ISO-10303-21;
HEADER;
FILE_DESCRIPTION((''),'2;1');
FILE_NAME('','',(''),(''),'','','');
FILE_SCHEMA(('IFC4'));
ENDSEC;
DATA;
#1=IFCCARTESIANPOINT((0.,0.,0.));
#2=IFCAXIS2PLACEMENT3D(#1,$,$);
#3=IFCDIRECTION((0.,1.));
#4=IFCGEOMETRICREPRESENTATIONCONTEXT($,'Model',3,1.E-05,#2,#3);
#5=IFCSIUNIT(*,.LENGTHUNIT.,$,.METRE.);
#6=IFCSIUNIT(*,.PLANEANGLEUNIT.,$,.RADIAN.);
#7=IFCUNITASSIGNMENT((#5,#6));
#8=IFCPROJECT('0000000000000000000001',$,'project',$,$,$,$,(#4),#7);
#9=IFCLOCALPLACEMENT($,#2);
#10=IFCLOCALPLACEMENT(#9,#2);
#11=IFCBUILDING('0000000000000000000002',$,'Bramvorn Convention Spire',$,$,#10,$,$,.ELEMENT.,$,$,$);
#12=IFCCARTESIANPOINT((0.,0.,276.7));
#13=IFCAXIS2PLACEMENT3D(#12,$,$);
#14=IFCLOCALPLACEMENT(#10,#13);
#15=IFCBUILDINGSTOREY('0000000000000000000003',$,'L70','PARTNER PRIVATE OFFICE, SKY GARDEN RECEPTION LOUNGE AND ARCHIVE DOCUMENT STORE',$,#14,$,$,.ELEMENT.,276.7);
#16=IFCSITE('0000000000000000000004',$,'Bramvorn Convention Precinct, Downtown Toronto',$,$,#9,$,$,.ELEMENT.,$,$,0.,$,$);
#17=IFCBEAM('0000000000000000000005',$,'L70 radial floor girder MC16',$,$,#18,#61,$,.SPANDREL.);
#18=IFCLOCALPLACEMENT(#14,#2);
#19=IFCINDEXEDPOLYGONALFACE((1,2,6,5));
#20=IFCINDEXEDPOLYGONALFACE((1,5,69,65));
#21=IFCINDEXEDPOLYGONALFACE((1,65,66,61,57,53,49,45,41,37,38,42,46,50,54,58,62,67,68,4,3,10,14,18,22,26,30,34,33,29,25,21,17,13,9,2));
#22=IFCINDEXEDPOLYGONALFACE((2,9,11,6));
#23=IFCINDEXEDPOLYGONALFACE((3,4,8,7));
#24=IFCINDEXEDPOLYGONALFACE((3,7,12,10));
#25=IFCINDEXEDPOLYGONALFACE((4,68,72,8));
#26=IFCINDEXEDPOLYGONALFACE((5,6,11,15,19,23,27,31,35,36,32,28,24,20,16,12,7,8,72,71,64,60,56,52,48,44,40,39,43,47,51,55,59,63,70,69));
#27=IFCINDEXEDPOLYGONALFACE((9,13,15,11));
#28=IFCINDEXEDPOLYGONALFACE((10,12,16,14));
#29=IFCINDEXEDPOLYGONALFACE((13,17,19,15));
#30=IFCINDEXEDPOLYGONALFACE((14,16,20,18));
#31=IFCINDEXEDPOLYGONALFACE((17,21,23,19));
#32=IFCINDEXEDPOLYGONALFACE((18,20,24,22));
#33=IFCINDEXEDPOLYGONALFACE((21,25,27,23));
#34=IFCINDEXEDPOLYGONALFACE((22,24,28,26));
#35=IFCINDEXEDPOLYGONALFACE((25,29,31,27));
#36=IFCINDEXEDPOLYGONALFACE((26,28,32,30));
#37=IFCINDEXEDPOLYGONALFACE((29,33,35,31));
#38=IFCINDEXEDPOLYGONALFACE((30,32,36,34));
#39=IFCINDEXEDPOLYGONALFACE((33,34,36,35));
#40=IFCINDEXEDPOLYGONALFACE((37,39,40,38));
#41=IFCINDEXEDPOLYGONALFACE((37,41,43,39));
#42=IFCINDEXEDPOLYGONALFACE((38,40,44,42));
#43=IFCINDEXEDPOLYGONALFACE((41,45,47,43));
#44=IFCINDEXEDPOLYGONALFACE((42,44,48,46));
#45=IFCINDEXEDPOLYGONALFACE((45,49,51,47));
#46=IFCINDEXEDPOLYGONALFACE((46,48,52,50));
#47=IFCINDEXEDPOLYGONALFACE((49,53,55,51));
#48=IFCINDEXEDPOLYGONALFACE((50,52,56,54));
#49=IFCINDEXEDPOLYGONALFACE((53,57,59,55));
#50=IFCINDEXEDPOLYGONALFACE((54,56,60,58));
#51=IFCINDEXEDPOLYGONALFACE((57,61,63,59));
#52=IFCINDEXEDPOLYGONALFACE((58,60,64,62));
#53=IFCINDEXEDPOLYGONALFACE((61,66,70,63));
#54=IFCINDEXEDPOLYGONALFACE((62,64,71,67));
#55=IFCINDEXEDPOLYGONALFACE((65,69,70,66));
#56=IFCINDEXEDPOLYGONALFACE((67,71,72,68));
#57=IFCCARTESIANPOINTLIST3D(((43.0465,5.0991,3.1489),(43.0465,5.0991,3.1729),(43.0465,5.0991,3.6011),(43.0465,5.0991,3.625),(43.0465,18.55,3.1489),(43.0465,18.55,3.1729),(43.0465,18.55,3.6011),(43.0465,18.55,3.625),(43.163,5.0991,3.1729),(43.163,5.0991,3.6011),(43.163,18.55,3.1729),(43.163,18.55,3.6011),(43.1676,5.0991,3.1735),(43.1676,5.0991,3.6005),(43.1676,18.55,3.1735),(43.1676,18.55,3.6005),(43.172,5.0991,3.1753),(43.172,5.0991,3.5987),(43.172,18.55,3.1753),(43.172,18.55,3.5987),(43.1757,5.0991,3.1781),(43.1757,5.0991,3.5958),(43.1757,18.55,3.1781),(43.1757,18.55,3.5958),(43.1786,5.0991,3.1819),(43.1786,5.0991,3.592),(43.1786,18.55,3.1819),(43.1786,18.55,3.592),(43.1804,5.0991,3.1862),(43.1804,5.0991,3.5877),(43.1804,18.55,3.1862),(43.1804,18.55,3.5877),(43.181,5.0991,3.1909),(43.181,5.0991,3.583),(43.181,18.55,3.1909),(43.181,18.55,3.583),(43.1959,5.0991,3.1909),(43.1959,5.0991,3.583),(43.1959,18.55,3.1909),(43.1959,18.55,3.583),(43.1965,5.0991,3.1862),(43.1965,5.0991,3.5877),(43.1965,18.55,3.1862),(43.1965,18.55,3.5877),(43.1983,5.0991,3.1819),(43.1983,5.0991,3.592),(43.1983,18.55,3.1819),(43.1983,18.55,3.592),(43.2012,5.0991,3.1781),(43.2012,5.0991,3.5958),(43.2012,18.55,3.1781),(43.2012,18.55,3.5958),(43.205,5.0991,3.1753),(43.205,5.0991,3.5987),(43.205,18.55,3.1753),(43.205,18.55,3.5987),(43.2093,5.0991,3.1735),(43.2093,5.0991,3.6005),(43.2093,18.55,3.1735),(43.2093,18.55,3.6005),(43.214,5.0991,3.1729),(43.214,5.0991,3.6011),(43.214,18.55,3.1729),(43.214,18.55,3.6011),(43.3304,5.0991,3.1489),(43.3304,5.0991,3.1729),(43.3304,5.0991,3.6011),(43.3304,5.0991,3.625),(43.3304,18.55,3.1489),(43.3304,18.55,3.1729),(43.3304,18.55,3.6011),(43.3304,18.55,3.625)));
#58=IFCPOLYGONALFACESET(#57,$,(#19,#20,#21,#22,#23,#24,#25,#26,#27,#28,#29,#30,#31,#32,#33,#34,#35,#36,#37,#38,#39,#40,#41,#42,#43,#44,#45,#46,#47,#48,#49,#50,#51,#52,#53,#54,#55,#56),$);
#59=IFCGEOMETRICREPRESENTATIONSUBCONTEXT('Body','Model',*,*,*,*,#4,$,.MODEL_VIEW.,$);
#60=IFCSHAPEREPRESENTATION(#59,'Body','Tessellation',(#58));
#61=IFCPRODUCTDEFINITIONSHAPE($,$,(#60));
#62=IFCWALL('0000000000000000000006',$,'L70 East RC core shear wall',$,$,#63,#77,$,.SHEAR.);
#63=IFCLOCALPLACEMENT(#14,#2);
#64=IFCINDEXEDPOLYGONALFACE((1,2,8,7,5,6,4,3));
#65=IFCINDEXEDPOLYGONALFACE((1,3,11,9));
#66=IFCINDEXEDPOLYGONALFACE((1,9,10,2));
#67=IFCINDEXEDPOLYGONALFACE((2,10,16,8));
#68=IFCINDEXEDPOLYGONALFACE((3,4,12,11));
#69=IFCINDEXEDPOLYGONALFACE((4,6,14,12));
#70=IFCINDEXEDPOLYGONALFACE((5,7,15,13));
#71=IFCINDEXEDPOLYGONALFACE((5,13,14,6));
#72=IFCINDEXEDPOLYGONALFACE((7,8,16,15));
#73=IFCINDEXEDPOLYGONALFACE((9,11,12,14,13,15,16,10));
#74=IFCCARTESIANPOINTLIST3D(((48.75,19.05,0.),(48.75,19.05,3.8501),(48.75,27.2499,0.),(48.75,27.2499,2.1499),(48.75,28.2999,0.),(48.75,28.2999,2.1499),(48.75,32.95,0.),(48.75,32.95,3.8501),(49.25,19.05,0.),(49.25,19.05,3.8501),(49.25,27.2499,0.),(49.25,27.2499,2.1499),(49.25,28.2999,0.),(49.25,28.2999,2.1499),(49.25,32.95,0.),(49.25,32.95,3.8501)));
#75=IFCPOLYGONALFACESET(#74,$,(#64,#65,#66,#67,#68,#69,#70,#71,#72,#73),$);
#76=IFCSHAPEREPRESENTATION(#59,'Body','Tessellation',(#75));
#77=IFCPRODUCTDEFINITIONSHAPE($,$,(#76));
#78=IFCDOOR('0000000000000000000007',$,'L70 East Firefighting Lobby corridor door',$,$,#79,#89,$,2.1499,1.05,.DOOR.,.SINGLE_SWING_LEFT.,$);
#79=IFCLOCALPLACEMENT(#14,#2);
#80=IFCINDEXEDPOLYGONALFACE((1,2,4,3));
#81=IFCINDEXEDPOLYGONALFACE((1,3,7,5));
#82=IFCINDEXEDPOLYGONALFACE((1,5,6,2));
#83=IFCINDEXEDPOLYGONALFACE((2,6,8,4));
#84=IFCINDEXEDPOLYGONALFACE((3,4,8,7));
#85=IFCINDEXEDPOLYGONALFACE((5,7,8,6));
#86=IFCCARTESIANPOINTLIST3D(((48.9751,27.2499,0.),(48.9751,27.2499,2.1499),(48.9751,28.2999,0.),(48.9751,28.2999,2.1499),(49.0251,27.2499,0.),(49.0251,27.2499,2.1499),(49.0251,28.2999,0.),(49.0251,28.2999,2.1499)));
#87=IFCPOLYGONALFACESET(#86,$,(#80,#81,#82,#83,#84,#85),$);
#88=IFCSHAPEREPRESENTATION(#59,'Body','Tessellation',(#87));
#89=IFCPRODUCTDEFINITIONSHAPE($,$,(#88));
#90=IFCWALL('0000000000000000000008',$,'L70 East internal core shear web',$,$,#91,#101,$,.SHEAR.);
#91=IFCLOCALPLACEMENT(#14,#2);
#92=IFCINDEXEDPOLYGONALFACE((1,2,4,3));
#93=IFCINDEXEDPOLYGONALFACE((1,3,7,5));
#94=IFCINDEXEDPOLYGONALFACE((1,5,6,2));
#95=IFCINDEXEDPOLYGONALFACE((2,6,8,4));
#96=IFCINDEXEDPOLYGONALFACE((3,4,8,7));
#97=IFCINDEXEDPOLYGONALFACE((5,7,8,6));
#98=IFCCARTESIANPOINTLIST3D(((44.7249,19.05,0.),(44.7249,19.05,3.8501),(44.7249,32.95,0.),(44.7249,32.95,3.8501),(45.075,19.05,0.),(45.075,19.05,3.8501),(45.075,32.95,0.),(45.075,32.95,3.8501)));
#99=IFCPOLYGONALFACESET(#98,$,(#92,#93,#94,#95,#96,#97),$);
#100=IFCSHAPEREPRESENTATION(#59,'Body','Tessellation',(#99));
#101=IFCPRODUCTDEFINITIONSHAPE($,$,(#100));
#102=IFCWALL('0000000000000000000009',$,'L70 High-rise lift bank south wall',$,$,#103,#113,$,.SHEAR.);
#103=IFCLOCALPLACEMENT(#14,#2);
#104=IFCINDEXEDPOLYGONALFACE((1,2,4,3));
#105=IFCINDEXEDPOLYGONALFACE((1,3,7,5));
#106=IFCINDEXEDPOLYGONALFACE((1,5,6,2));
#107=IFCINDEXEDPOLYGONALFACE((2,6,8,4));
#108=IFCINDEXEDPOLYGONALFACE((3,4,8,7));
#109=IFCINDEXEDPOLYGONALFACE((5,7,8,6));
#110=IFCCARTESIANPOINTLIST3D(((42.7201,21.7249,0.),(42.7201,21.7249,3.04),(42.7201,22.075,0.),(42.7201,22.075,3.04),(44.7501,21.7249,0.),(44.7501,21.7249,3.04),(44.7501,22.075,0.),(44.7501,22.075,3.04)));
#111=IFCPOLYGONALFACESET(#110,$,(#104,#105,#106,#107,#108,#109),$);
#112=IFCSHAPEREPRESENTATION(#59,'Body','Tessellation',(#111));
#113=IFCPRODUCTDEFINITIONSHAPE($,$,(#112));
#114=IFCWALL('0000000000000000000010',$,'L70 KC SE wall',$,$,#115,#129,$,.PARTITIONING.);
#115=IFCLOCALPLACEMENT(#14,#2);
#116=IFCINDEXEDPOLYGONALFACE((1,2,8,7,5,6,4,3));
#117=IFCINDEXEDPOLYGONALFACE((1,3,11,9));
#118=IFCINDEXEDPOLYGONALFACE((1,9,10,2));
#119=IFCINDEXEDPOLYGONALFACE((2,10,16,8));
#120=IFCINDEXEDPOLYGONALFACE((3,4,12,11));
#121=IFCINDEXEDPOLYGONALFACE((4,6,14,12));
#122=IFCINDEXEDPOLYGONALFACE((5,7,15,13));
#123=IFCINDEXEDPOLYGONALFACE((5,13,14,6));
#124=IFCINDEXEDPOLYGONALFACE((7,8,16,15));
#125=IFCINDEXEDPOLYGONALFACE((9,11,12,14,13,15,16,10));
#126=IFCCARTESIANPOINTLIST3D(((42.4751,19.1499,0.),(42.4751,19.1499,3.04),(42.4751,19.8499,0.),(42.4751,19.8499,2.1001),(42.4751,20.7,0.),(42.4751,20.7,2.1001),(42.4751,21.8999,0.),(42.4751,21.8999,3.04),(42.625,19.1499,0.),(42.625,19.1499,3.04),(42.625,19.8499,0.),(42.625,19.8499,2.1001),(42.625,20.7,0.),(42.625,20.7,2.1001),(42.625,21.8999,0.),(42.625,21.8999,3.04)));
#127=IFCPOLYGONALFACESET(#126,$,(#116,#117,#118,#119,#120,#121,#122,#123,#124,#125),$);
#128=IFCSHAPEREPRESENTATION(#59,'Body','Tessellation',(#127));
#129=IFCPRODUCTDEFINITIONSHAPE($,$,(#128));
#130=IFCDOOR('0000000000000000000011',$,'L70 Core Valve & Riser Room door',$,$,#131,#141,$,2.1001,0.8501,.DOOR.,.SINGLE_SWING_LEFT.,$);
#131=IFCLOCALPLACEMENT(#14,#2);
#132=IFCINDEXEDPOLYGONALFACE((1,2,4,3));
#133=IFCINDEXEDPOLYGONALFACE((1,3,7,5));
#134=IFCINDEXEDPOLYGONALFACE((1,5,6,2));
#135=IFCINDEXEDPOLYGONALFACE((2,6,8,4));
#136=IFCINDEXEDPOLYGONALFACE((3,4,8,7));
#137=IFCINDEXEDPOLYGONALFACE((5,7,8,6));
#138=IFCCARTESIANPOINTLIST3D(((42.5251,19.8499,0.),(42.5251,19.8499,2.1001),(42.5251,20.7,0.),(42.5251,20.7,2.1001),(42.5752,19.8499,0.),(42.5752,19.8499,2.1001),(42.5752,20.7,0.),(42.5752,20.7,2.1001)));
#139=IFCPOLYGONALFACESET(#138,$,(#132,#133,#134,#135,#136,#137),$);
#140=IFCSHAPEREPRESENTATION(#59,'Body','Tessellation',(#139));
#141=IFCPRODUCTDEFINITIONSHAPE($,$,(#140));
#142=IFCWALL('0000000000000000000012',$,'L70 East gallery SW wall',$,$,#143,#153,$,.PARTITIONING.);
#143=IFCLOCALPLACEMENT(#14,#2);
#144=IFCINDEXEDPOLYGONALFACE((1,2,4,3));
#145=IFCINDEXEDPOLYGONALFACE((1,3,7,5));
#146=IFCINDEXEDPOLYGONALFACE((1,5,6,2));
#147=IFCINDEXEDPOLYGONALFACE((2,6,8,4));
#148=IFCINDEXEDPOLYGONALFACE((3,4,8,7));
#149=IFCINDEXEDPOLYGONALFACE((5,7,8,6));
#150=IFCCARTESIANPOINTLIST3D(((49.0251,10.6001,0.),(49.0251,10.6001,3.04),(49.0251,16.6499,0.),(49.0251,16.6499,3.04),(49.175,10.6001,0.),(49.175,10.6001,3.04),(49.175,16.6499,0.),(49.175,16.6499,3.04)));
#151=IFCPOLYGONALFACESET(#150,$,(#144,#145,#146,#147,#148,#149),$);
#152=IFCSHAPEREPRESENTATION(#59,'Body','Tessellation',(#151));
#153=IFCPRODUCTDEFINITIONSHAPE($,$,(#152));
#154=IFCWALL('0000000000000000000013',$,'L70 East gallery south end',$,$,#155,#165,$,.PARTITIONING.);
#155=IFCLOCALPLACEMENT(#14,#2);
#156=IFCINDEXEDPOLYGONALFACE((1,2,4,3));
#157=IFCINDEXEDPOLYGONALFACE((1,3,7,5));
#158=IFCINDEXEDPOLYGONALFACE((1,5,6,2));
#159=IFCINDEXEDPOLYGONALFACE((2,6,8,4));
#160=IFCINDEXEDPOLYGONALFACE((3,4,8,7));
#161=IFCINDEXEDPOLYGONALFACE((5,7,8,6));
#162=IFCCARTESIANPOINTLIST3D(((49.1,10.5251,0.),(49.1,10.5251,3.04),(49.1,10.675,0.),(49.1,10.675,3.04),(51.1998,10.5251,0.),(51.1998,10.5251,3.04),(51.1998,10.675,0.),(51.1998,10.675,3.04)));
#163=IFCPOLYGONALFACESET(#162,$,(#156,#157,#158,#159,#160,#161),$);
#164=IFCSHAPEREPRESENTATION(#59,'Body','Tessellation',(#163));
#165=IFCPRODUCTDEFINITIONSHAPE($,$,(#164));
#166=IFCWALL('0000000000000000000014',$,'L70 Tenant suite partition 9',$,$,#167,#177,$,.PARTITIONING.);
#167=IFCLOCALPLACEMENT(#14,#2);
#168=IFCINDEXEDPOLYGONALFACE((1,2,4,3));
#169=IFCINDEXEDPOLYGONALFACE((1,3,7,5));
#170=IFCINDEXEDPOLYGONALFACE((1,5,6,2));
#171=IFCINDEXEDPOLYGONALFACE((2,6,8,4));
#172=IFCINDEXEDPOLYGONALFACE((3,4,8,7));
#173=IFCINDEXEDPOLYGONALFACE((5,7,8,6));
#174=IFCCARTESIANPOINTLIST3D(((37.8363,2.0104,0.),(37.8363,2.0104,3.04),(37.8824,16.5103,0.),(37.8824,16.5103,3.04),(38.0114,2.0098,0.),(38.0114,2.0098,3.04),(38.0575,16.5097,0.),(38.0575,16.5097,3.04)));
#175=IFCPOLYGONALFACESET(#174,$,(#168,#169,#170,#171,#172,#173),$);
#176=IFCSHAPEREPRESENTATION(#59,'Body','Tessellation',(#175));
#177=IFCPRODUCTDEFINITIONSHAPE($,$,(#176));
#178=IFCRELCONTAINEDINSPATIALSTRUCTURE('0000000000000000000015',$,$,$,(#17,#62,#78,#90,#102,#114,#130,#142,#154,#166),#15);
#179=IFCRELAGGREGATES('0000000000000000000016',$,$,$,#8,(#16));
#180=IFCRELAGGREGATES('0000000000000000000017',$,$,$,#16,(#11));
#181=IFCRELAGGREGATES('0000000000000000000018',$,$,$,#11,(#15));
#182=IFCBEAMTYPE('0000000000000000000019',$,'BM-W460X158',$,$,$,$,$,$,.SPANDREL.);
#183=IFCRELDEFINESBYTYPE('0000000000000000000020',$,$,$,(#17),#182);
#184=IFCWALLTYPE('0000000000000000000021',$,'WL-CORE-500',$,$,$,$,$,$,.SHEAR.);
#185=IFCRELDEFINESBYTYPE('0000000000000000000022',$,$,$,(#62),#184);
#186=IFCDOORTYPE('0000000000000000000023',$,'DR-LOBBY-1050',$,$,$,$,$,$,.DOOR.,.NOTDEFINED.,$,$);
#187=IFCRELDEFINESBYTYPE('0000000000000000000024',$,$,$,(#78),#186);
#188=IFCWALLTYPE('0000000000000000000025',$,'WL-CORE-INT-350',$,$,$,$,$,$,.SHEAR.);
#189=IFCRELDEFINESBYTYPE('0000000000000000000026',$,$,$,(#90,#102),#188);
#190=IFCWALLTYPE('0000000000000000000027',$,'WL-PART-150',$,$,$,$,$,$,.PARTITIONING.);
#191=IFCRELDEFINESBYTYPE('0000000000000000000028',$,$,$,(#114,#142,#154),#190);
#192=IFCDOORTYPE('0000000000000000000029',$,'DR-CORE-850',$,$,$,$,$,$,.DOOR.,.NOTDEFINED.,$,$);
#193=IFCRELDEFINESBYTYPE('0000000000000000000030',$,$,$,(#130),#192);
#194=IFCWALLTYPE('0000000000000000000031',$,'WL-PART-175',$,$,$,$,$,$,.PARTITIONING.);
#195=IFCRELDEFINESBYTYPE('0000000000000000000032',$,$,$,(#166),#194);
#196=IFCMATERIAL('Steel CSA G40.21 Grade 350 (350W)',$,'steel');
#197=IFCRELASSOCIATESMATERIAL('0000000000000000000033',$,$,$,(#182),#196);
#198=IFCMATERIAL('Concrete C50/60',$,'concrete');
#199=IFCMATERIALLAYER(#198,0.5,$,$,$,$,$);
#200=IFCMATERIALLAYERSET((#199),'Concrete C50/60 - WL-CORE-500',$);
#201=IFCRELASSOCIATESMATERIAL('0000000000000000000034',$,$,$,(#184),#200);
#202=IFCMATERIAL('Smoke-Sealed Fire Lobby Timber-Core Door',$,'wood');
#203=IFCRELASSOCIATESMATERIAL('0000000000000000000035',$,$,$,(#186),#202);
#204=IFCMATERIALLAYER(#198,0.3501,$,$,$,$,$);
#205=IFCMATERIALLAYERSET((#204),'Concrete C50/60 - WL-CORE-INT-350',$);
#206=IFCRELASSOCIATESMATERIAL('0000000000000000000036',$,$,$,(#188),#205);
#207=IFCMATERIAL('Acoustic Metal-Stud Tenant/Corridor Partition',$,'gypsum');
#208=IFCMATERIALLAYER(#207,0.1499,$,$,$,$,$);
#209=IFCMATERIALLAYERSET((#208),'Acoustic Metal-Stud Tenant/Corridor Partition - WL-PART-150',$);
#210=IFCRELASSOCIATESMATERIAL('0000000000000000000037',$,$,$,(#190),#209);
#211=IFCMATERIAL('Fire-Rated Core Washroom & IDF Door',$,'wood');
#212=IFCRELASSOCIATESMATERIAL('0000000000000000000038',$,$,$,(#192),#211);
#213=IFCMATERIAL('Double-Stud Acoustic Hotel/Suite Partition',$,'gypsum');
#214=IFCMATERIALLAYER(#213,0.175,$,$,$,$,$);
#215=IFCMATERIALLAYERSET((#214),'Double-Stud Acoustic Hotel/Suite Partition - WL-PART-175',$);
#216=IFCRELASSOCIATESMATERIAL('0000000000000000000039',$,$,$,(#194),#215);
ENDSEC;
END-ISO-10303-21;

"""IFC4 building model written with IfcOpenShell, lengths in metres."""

from ifc_helpers import new_model, si_unit, direction, frame, frame_2d, origin, origin_2d, place, context, subcontext, project, spatial, rectangle, i_section, extrude, material, layer, layer_set, material_profile, profile_set, type_object, element, fill, save


model = new_model("IFC4")

# Units and contexts
model_context = context("Model", 3, precision=1e-05, world=origin(), true_north=direction((0.0, 1.0)))
body_context = subcontext(model_context, "Body", "Model", "MODEL_VIEW")
ifc_project = project(units=[si_unit("LENGTHUNIT", "METRE"), si_unit("PLANEANGLEUNIT", "RADIAN")], contexts=[model_context])

# Site, building, storey
site_placement = place(None, origin())
site = spatial("IfcSite", under=ifc_project, at=site_placement, Name="Bramvorn Convention Precinct, Downtown Toronto", CompositionType="ELEMENT", RefElevation=0.0)
building_placement = place(site_placement, origin())
building = spatial("IfcBuilding", under=site, at=building_placement, Name="Bramvorn Convention Spire", CompositionType="ELEMENT")
storey_placement = place(building_placement, frame((0.0, 0.0, 276.7)))
storey = spatial("IfcBuildingStorey", under=building, at=storey_placement, Name="L70", Description="PARTNER PRIVATE OFFICE, SKY GARDEN RECEPTION LOUNGE AND ARCHIVE DOCUMENT STORE", CompositionType="ELEMENT", Elevation=276.7)

# Beam
ifc_material_1 = material(Name="Steel CSA G40.21 Grade 350 (350W)", Category="steel")
ifc_material_profile_1 = material_profile(ifc_material_1, i_section(OverallWidth=0.2839, OverallDepth=0.4761, WebThickness=0.0149, FlangeThickness=0.0239, FilletRadius=0.0181, at=origin_2d()))
ifc_profile_set_1 = profile_set([ifc_material_profile_1], Name="Steel CSA G40.21 Grade 350 (350W) - W460X158")
beam_type_1 = type_object("IfcBeamType", Name="BM-W460X158", PredefinedType="SPANDREL", material=ifc_profile_set_1)
beam_1_placement = place(storey_placement, frame((43.1885, 18.55, 3.387), z_axis=(0.0, -1.0, 0.0), x_axis=(1.0, 0.0, 0.0)))
element("IfcBeam", 1, at=beam_1_placement, inside=storey, type_object=beam_type_1, Name="L70 radial floor girder MC16", PredefinedType="SPANDREL", context=body_context, shape_type="SweptSolid", body=[
    extrude(i_section(OverallWidth=0.2839, OverallDepth=0.4761, WebThickness=0.0149, FlangeThickness=0.0239, FilletRadius=0.0181, at=origin_2d()), origin(), (0.0, 0.0, 1.0), 13.4509),
])

# Wall, opening, door
ifc_material_2 = material(Name="Concrete C50/60", Category="concrete")
ifc_layer_1 = layer(ifc_material_2, 0.5)
ifc_layer_set_1 = layer_set([ifc_layer_1], Name="Concrete C50/60 - WL-CORE-500")
wall_type_1 = type_object("IfcWallType", Name="WL-CORE-500", PredefinedType="SHEAR", material=ifc_layer_set_1)
wall_1_placement = place(storey_placement, frame((49.0, 19.05, 0.0), z_axis=(0.0, 0.0, 1.0), x_axis=(0.0, 1.0, 0.0)))
wall_1 = element("IfcWall", 2, at=wall_1_placement, inside=storey, type_object=wall_type_1, Name="L70 East RC core shear wall", PredefinedType="SHEAR", context=body_context, shape_type="SweptSolid", body=[
    extrude(rectangle(XDim=13.8999, YDim=0.5, at=frame_2d((6.95, 0.0))), origin(), (0.0, 0.0, 1.0), 3.8501),
])
opening_1_placement = place(wall_1_placement, frame((8.2, 0.0, 0.0)))
opening_1 = element("IfcOpeningElement", 3, at=opening_1_placement, cuts=wall_1, PredefinedType="OPENING", context=body_context, shape_type="SweptSolid", body=[
    extrude(rectangle(XDim=1.05, YDim=2.1499, at=frame_2d((0.5249, 1.075))), frame((0.0, 0.26, 0.0), z_axis=(0.0, -1.0, 0.0), x_axis=(1.0, 0.0, 0.0)), (0.0, 0.0, 1.0), 0.52),
])
ifc_material_3 = material(Name="Smoke-Sealed Fire Lobby Timber-Core Door", Category="wood")
door_type_1 = type_object("IfcDoorType", Name="DR-LOBBY-1050", OperationType="NOTDEFINED", PredefinedType="DOOR", material=ifc_material_3)
door_1_placement = place(opening_1_placement, origin())
door_1 = element("IfcDoor", 4, at=door_1_placement, inside=storey, type_object=door_type_1, Name="L70 East Firefighting Lobby corridor door", OperationType="SINGLE_SWING_LEFT", OverallHeight=2.1499, OverallWidth=1.05, PredefinedType="DOOR", context=body_context, shape_type="SweptSolid", body=[
    extrude(rectangle(XDim=1.05, YDim=2.1499, at=frame_2d((0.5249, 1.075))), frame((0.0, 0.0249, 0.0), z_axis=(0.0, -1.0, 0.0), x_axis=(1.0, 0.0, 0.0)), (0.0, 0.0, 1.0), 0.05),
])
fill(opening_1, door_1)

# Wall
ifc_layer_2 = layer(ifc_material_2, 0.3501)
ifc_layer_set_2 = layer_set([ifc_layer_2], Name="Concrete C50/60 - WL-CORE-INT-350")
wall_type_2 = type_object("IfcWallType", Name="WL-CORE-INT-350", PredefinedType="SHEAR", material=ifc_layer_set_2)
wall_2_placement = place(storey_placement, frame((44.8999, 19.05, 0.0), z_axis=(0.0, 0.0, 1.0), x_axis=(0.0, 1.0, 0.0)))
element("IfcWall", 5, at=wall_2_placement, inside=storey, type_object=wall_type_2, Name="L70 East internal core shear web", PredefinedType="SHEAR", context=body_context, shape_type="SweptSolid", body=[
    extrude(rectangle(XDim=13.8999, YDim=0.3501, at=frame_2d((6.95, 0.0))), origin(), (0.0, 0.0, 1.0), 3.8501),
])

# Wall
wall_3_placement = place(storey_placement, frame((42.72, 21.8999, 0.0), z_axis=(0.0, 0.0, 1.0), x_axis=(1.0, 0.0, 0.0)))
element("IfcWall", 6, at=wall_3_placement, inside=storey, type_object=wall_type_2, Name="L70 High-rise lift bank south wall", PredefinedType="SHEAR", context=body_context, shape_type="SweptSolid", body=[
    extrude(rectangle(XDim=2.03, YDim=0.3501, at=frame_2d((1.0151, 0.0))), origin(), (0.0, 0.0, 1.0), 3.04),
])

# Wall, opening, door
ifc_material_4 = material(Name="Acoustic Metal-Stud Tenant/Corridor Partition", Category="gypsum")
ifc_layer_3 = layer(ifc_material_4, 0.1499)
ifc_layer_set_3 = layer_set([ifc_layer_3], Name="Acoustic Metal-Stud Tenant/Corridor Partition - WL-PART-150")
wall_type_3 = type_object("IfcWallType", Name="WL-PART-150", PredefinedType="PARTITIONING", material=ifc_layer_set_3)
wall_4_placement = place(storey_placement, frame((42.55, 19.1499, 0.0), z_axis=(0.0, 0.0, 1.0), x_axis=(0.0, 1.0, 0.0)))
wall_4 = element("IfcWall", 7, at=wall_4_placement, inside=storey, type_object=wall_type_3, Name="L70 KC SE wall", PredefinedType="PARTITIONING", context=body_context, shape_type="SweptSolid", body=[
    extrude(rectangle(XDim=2.75, YDim=0.1499, at=frame_2d((1.375, 0.0))), origin(), (0.0, 0.0, 1.0), 3.04),
])
opening_2_placement = place(wall_4_placement, frame((0.7, 0.0, 0.0)))
opening_2 = element("IfcOpeningElement", 8, at=opening_2_placement, cuts=wall_4, PredefinedType="OPENING", context=body_context, shape_type="SweptSolid", body=[
    extrude(rectangle(XDim=0.8501, YDim=2.1001, at=frame_2d((0.425, 1.05))), frame((0.0, 0.085, 0.0), z_axis=(0.0, -1.0, 0.0), x_axis=(1.0, 0.0, 0.0)), (0.0, 0.0, 1.0), 0.1699),
])
ifc_material_5 = material(Name="Fire-Rated Core Washroom & IDF Door", Category="wood")
door_type_2 = type_object("IfcDoorType", Name="DR-CORE-850", OperationType="NOTDEFINED", PredefinedType="DOOR", material=ifc_material_5)
door_2_placement = place(opening_2_placement, origin())
door_2 = element("IfcDoor", 9, at=door_2_placement, inside=storey, type_object=door_type_2, Name="L70 Core Valve & Riser Room door", OperationType="SINGLE_SWING_LEFT", OverallHeight=2.1001, OverallWidth=0.8501, PredefinedType="DOOR", context=body_context, shape_type="SweptSolid", body=[
    extrude(rectangle(XDim=0.8501, YDim=2.1001, at=frame_2d((0.425, 1.05))), frame((0.0, 0.0249, 0.0), z_axis=(0.0, -1.0, 0.0), x_axis=(1.0, 0.0, 0.0)), (0.0, 0.0, 1.0), 0.05),
])
fill(opening_2, door_2)

# Walls
wall_5_placement = place(storey_placement, frame((49.1001, 10.6001, 0.0), z_axis=(0.0, 0.0, 1.0), x_axis=(0.0, 1.0, 0.0)))
element("IfcWall", 10, at=wall_5_placement, inside=storey, type_object=wall_type_3, Name="L70 East gallery SW wall", PredefinedType="PARTITIONING", context=body_context, shape_type="SweptSolid", body=[
    extrude(rectangle(XDim=6.0498, YDim=0.1499, at=frame_2d((3.0249, 0.0))), origin(), (0.0, 0.0, 1.0), 3.04),
])
wall_6_placement = place(storey_placement, frame((49.1001, 10.6001, 0.0), z_axis=(0.0, 0.0, 1.0), x_axis=(1.0, 0.0, 0.0)))
element("IfcWall", 11, at=wall_6_placement, inside=storey, type_object=wall_type_3, Name="L70 East gallery south end", PredefinedType="PARTITIONING", context=body_context, shape_type="SweptSolid", body=[
    extrude(rectangle(XDim=2.0999, YDim=0.1499, at=frame_2d((1.0498, 0.0))), origin(), (0.0, 0.0, 1.0), 3.04),
])
ifc_material_6 = material(Name="Double-Stud Acoustic Hotel/Suite Partition", Category="gypsum")
ifc_layer_4 = layer(ifc_material_6, 0.175)
ifc_layer_set_4 = layer_set([ifc_layer_4], Name="Double-Stud Acoustic Hotel/Suite Partition - WL-PART-175")
wall_type_4 = type_object("IfcWallType", Name="WL-PART-175", PredefinedType="PARTITIONING", material=ifc_layer_set_4)
wall_7_placement = place(storey_placement, frame((37.97, 16.51, 0.0), z_axis=(0.0, 0.0, 1.0), x_axis=(-0.003182, -0.999995, 0.0)))
element("IfcWall", 12, at=wall_7_placement, inside=storey, type_object=wall_type_4, Name="L70 Tenant suite partition 9", PredefinedType="PARTITIONING", context=body_context, shape_type="SweptSolid", body=[
    extrude(rectangle(XDim=14.5, YDim=0.175, at=frame_2d((7.25, 0.0))), origin(), (0.0, 0.0, 1.0), 3.04),
])

save(model, "model.ifc")
